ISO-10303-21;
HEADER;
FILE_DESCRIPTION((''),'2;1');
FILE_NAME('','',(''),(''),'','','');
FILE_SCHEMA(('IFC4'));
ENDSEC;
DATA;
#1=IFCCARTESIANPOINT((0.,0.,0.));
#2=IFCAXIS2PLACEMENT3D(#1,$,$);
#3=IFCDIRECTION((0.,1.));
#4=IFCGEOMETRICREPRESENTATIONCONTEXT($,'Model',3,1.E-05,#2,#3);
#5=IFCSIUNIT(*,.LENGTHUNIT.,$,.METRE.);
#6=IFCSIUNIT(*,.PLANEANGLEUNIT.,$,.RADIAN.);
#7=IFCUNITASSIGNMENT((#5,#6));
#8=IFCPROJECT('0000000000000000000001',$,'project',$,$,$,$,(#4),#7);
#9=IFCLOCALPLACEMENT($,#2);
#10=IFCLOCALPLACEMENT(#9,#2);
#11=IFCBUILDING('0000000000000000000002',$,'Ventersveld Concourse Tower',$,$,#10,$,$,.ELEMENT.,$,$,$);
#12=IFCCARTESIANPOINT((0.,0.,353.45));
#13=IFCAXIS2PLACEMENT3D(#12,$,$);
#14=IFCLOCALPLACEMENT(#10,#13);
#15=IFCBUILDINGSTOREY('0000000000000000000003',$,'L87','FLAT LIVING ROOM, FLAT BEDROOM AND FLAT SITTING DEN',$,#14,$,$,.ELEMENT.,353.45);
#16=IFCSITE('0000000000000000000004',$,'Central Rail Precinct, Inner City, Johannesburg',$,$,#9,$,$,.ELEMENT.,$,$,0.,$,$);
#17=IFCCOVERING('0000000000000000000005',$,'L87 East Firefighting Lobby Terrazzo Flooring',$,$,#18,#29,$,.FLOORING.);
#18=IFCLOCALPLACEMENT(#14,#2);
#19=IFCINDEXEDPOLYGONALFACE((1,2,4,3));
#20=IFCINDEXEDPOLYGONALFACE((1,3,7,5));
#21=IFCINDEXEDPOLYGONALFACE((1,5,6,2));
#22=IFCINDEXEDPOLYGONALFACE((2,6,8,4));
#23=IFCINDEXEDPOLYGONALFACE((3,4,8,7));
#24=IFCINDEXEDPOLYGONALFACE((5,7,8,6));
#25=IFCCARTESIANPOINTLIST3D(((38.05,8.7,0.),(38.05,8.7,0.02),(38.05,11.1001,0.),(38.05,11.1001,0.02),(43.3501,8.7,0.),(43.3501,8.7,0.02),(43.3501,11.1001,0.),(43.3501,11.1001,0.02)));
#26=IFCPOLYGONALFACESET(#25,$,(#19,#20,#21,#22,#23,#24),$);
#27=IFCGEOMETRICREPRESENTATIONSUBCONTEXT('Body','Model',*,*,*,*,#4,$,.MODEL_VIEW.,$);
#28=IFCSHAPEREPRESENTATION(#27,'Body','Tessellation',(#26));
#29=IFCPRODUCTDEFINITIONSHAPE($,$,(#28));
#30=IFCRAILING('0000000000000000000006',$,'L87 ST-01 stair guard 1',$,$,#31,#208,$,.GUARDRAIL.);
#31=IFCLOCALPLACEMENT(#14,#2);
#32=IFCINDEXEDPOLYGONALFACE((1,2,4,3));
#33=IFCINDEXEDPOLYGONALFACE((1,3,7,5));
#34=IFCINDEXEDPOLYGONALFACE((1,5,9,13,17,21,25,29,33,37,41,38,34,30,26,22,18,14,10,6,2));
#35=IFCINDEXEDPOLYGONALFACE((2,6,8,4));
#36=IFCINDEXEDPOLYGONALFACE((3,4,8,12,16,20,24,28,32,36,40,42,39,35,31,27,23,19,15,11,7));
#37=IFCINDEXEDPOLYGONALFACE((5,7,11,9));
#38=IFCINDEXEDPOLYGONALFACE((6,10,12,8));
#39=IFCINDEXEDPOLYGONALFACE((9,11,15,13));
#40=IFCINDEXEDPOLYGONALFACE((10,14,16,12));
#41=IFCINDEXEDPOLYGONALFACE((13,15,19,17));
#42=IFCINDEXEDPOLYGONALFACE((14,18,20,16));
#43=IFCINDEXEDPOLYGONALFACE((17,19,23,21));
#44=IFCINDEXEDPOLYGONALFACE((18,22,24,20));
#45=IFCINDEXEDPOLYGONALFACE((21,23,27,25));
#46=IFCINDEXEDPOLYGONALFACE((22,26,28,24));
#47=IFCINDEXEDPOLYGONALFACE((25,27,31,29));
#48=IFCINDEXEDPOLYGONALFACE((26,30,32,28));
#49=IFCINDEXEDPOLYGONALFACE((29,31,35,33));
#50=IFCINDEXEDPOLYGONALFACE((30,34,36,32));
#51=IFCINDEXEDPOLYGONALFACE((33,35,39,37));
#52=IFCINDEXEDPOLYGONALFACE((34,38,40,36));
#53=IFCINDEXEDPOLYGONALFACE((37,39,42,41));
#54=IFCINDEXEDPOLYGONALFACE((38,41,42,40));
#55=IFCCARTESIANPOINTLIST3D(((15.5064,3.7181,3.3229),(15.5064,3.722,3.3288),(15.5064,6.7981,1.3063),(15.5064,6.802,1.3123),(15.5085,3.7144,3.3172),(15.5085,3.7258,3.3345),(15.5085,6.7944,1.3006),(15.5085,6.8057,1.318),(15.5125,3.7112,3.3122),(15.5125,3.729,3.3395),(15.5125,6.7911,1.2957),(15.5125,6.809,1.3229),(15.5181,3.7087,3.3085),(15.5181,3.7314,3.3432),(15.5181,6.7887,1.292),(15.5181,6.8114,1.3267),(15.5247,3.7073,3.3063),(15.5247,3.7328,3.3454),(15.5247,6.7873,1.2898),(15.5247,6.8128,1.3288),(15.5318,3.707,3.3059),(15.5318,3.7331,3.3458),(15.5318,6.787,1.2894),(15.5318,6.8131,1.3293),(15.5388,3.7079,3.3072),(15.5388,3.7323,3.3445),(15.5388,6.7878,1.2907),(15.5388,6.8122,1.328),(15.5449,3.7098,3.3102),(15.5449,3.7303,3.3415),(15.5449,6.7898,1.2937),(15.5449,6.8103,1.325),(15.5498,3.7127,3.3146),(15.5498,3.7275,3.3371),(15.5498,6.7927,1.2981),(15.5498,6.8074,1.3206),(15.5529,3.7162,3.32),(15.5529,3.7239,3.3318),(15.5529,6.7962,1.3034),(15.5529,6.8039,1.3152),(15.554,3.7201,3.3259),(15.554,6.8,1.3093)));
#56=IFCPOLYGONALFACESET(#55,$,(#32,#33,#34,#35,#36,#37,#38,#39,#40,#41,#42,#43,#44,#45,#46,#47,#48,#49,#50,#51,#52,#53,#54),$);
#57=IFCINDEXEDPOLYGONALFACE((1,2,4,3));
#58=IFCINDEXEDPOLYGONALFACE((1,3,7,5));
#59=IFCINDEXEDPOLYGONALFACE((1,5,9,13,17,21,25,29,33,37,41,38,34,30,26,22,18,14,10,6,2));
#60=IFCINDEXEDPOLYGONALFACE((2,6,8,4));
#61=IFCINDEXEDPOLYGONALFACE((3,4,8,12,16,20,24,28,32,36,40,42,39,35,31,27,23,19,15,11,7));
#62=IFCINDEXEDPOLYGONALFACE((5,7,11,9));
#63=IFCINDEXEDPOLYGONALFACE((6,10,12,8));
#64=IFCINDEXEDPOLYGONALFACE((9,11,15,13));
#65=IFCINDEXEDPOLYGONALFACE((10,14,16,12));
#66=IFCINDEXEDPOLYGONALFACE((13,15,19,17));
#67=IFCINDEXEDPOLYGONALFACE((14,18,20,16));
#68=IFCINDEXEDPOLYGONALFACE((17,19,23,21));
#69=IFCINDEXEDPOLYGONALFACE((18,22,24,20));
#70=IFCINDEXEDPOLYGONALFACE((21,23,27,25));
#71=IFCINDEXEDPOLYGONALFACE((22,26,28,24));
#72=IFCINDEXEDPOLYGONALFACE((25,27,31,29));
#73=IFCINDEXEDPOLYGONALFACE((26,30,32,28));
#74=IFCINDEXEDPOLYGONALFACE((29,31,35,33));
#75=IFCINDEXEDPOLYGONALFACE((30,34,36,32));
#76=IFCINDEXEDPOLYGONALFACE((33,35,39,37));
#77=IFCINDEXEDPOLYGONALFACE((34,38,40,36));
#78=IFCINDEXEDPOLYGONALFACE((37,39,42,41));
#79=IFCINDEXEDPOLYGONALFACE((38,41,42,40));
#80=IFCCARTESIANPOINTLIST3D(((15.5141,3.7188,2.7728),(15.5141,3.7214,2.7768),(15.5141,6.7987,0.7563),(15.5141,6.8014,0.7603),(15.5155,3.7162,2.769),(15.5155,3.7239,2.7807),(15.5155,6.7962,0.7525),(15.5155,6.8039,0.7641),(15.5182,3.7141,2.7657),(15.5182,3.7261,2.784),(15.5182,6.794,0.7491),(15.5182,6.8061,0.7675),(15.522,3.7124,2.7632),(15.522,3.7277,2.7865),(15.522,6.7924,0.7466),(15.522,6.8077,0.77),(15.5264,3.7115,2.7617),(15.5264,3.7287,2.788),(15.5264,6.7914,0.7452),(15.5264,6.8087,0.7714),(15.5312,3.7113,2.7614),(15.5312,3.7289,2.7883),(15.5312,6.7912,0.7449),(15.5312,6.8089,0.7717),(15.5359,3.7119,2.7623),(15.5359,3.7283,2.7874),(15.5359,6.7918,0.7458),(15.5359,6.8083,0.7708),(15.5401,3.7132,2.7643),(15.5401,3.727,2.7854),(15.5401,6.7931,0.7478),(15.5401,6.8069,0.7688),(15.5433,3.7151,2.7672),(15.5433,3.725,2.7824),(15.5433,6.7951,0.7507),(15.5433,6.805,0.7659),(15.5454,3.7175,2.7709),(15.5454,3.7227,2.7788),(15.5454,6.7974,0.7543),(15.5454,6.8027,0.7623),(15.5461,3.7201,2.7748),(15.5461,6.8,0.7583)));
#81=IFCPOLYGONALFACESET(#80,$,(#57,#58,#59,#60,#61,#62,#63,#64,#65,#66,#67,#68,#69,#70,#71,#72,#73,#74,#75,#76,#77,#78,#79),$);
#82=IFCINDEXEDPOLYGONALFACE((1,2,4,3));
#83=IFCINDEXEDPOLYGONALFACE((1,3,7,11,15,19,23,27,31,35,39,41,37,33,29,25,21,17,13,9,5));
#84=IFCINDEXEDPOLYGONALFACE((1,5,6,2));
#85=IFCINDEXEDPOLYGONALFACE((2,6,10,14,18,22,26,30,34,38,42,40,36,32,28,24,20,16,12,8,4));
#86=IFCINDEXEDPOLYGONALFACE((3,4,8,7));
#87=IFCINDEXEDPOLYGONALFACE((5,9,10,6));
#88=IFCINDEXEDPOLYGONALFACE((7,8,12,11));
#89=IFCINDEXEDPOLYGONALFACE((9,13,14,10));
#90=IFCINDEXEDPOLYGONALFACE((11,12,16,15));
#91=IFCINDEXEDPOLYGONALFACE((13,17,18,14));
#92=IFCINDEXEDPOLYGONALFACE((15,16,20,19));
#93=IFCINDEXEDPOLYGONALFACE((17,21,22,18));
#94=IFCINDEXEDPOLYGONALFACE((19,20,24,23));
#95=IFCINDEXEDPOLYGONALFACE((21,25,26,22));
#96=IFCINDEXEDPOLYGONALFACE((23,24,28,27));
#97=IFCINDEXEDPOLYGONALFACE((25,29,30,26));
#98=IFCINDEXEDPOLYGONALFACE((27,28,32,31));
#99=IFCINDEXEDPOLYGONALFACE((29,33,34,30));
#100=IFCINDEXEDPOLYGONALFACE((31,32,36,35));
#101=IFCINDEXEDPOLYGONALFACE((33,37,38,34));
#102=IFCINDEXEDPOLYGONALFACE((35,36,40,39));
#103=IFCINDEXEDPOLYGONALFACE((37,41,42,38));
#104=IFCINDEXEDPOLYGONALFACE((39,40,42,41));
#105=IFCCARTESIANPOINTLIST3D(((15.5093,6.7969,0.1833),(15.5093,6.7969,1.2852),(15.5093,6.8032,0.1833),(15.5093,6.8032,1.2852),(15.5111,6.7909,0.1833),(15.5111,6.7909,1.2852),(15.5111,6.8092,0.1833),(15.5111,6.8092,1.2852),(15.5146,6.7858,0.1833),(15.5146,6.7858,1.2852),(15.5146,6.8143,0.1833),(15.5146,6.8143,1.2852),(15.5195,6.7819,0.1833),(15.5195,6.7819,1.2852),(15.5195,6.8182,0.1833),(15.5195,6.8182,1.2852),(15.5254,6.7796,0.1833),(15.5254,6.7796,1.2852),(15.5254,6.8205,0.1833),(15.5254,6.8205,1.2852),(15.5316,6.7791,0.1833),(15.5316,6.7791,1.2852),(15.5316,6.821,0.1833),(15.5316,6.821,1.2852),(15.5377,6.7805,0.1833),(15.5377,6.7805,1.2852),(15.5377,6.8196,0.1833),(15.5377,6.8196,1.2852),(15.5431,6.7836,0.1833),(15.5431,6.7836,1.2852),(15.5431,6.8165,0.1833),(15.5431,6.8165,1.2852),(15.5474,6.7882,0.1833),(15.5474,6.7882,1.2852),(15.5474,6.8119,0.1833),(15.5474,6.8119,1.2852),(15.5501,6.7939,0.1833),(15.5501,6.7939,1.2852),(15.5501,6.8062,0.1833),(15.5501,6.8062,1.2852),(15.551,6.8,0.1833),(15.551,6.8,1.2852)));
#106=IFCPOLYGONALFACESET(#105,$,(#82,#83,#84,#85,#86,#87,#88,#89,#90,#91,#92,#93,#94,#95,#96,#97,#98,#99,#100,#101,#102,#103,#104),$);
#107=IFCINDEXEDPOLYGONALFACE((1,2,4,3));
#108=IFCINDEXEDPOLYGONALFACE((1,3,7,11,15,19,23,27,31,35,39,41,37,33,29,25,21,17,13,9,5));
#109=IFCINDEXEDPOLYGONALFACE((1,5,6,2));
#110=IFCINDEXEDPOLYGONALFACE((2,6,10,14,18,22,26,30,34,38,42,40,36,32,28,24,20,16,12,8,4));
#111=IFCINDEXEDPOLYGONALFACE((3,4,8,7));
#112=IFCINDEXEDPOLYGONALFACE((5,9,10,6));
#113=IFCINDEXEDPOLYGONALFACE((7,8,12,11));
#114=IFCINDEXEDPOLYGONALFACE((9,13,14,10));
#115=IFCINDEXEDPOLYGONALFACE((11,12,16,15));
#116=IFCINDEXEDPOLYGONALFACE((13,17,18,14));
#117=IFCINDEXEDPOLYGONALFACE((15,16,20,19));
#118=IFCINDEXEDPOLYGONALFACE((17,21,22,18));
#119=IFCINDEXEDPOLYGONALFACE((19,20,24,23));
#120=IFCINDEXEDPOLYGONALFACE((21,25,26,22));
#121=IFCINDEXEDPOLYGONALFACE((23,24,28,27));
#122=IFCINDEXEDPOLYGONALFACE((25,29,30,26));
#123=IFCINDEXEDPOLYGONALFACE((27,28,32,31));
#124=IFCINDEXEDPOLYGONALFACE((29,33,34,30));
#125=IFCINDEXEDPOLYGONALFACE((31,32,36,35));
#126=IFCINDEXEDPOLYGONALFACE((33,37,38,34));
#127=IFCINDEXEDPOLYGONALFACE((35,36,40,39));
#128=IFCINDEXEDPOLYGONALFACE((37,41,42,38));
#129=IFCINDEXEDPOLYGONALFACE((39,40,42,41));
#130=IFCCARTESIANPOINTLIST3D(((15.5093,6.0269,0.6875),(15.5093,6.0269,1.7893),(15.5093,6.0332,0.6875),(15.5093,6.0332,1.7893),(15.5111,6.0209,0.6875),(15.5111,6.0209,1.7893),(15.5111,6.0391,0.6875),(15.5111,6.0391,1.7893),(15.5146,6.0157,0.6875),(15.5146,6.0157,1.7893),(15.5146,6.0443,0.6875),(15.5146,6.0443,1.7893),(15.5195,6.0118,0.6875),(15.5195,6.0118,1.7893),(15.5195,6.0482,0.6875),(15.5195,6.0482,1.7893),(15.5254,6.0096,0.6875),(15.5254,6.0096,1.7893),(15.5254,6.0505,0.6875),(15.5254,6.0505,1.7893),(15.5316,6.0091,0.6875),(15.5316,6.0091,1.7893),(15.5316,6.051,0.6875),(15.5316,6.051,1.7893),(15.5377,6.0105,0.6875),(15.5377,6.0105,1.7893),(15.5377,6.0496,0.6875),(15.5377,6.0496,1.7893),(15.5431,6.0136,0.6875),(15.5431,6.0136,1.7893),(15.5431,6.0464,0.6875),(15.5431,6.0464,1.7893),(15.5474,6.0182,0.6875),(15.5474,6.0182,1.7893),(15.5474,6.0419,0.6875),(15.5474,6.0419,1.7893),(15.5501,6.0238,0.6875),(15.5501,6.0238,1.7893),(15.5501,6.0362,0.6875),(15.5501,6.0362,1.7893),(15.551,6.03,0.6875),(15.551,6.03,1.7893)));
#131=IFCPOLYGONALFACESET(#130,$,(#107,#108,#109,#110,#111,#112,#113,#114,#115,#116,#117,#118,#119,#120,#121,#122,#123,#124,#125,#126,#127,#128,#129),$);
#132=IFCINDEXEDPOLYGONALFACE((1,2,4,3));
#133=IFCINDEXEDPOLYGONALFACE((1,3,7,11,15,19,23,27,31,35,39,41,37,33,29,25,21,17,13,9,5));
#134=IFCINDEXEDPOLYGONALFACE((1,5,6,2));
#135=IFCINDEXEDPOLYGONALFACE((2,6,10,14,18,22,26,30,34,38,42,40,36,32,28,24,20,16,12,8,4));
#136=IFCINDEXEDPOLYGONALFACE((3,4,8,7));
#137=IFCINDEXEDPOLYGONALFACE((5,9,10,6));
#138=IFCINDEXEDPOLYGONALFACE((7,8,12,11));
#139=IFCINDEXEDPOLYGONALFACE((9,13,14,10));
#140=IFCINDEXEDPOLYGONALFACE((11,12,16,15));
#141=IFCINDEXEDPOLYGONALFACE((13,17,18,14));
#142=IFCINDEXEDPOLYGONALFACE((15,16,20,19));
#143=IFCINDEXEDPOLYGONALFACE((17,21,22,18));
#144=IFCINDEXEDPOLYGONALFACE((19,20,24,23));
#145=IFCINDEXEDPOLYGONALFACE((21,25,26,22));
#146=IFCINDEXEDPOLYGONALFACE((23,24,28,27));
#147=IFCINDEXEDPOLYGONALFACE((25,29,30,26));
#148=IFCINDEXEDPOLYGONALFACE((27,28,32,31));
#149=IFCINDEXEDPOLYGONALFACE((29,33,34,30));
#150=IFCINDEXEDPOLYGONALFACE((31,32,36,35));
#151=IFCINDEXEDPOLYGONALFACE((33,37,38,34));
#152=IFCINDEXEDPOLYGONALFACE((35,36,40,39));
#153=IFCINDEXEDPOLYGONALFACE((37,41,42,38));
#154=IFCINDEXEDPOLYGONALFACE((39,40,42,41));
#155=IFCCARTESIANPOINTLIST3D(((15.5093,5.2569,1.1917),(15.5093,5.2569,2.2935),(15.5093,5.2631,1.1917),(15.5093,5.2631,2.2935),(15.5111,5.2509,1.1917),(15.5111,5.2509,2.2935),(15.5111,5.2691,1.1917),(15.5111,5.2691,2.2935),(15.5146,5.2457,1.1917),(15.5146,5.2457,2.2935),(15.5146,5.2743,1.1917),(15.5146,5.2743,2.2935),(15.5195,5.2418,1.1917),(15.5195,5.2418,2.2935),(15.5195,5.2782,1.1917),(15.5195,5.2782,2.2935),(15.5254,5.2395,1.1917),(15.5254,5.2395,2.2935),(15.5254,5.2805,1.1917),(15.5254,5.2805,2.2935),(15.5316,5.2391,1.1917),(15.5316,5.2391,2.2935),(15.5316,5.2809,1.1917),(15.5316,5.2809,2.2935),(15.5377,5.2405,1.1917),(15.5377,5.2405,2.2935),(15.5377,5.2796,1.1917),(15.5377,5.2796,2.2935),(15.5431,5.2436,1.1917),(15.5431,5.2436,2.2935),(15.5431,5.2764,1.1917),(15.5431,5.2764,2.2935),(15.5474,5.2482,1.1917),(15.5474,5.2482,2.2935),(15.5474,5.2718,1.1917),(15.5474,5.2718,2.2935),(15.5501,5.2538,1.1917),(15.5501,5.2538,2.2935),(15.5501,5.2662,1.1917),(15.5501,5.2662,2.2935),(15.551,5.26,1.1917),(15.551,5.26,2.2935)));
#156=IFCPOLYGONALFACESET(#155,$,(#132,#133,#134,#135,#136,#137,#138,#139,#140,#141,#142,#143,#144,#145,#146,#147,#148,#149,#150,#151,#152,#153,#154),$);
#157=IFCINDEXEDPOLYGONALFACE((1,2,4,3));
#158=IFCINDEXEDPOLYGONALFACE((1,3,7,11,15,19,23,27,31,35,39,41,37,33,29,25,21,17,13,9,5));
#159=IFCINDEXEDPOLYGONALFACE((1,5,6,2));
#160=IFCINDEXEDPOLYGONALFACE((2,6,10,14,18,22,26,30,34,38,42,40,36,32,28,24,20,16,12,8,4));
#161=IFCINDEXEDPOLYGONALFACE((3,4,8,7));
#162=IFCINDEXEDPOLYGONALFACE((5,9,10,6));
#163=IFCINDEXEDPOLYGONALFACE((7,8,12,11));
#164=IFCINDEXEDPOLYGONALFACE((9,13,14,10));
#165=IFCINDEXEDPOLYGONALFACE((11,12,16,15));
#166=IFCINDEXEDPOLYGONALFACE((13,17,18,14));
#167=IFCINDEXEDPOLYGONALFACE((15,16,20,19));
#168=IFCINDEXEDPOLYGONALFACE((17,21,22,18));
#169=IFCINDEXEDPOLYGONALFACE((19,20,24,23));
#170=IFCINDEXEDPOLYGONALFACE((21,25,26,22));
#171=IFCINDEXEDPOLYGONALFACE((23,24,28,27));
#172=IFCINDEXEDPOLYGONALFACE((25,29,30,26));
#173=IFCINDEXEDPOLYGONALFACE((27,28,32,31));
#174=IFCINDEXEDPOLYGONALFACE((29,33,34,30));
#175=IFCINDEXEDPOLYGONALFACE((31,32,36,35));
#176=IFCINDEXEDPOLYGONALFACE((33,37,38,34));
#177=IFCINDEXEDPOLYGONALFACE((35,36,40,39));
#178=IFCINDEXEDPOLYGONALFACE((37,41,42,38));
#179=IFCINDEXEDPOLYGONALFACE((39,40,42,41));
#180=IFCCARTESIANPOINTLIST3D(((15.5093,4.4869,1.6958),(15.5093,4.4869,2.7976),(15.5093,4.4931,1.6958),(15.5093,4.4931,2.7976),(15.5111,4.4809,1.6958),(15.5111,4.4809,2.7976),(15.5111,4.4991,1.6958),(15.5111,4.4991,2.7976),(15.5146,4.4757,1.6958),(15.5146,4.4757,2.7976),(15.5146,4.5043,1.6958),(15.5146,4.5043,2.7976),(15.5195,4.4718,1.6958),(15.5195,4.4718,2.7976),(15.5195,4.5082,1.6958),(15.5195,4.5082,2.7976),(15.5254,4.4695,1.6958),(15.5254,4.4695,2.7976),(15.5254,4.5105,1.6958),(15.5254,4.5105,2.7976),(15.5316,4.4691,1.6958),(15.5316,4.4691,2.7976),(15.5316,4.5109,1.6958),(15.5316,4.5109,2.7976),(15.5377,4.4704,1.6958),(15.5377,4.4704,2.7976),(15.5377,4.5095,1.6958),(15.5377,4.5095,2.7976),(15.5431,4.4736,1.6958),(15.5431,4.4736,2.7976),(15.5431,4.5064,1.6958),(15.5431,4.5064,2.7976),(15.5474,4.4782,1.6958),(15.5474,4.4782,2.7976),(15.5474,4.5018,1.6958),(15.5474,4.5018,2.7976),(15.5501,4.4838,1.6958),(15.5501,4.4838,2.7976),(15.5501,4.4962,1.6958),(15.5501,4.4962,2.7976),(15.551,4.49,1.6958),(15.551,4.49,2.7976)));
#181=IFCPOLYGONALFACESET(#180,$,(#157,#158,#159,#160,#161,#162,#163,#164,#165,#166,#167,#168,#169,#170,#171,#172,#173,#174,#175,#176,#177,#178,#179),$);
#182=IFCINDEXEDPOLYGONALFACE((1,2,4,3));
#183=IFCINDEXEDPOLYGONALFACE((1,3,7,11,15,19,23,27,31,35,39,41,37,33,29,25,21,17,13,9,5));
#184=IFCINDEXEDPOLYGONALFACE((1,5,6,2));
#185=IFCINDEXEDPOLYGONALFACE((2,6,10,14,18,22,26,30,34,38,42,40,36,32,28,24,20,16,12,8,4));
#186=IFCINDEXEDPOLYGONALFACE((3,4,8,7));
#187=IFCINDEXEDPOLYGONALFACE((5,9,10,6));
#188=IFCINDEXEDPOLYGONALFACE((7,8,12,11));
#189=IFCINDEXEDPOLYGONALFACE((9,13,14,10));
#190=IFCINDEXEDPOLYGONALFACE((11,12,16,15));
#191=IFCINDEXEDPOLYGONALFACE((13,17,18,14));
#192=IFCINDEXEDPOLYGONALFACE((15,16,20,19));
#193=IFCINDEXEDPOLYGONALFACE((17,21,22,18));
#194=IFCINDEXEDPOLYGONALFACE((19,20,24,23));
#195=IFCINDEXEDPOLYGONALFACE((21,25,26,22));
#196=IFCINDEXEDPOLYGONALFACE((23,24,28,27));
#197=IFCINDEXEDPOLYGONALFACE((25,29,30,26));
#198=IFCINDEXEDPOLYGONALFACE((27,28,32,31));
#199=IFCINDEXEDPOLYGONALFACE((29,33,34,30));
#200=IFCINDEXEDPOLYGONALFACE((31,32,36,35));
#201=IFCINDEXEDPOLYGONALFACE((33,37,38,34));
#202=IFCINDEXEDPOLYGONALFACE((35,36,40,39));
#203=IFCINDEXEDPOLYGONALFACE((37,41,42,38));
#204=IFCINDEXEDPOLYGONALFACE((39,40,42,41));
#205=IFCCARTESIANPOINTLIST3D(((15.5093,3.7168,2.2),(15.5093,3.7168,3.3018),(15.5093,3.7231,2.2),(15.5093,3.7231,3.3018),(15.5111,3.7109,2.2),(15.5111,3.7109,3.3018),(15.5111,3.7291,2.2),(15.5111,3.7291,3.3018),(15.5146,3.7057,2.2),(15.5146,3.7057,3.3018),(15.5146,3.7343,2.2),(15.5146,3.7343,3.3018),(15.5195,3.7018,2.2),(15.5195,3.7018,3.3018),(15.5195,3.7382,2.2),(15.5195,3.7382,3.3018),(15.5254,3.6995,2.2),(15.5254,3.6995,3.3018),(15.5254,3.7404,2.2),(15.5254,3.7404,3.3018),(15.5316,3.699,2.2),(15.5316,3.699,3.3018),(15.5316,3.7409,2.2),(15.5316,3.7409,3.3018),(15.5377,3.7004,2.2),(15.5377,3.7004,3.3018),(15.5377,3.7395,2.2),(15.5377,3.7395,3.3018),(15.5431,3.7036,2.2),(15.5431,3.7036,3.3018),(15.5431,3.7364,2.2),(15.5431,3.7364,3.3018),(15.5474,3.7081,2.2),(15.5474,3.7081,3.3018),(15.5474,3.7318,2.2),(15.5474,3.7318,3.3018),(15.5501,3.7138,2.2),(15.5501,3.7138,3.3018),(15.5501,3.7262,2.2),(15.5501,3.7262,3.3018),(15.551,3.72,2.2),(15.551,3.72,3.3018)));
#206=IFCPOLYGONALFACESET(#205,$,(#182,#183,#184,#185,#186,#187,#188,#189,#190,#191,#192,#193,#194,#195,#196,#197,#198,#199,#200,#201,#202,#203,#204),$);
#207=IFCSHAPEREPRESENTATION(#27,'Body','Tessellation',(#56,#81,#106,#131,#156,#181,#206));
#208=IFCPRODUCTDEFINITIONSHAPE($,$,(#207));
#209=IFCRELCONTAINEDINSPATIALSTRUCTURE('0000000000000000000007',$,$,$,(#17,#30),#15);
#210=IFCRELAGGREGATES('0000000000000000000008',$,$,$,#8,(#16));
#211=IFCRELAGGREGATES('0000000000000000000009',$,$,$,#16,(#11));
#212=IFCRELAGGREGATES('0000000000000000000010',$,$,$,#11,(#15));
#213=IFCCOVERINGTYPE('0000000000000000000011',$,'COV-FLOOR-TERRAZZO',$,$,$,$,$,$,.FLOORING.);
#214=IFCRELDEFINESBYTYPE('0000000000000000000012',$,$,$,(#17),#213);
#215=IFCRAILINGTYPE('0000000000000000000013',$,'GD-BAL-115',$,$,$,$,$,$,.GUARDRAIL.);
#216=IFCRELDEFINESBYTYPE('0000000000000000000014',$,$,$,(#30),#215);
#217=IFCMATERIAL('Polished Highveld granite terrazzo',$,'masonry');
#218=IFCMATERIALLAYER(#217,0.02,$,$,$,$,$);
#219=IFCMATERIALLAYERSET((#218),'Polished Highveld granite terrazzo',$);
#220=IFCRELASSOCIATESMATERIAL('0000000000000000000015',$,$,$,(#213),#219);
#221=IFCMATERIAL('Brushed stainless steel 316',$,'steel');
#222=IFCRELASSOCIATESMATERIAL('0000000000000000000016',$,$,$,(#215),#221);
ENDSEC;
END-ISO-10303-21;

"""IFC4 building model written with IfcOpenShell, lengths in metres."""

from ifc_helpers import new_model, si_unit, direction, frame, origin, origin_2d, place, context, subcontext, project, spatial, polyline, circle, outline, extrude, material, layer, layer_set, type_object, element, save


model = new_model("IFC4")

# Units and contexts
model_context = context("Model", 3, precision=1e-05, world=origin(), true_north=direction((0.0, 1.0)))
body_context = subcontext(model_context, "Body", "Model", "MODEL_VIEW")
ifc_project = project(units=[si_unit("LENGTHUNIT", "METRE"), si_unit("PLANEANGLEUNIT", "RADIAN")], contexts=[model_context])

# Site, building, storey
site_placement = place(None, origin())
site = spatial("IfcSite", under=ifc_project, at=site_placement, Name="Central Rail Precinct, Inner City, Johannesburg", CompositionType="ELEMENT", RefElevation=0.0)
building_placement = place(site_placement, origin())
building = spatial("IfcBuilding", under=site, at=building_placement, Name="Ventersveld Concourse Tower", CompositionType="ELEMENT")
storey_placement = place(building_placement, frame((0.0, 0.0, 353.45)))
storey = spatial("IfcBuildingStorey", under=building, at=storey_placement, Name="L87", Description="FLAT LIVING ROOM, FLAT BEDROOM AND FLAT SITTING DEN", CompositionType="ELEMENT", Elevation=353.45)

# Covering
ifc_material_1 = material(Name="Polished Highveld granite terrazzo", Category="masonry")
ifc_layer_1 = layer(ifc_material_1, 0.02)
ifc_layer_set_1 = layer_set([ifc_layer_1], Name="Polished Highveld granite terrazzo")
covering_type_1 = type_object("IfcCoveringType", Name="COV-FLOOR-TERRAZZO", PredefinedType="FLOORING", material=ifc_layer_set_1)
covering_1_placement = place(storey_placement, origin())
element("IfcCovering", 1, at=covering_1_placement, inside=storey, type_object=covering_type_1, Name="L87 East Firefighting Lobby Terrazzo Flooring", PredefinedType="FLOORING", context=body_context, shape_type="SweptSolid", body=[
    extrude(outline(polyline([(38.05, 8.7), (43.3501, 8.7), (43.3501, 11.1001), (38.05, 11.1001), (38.05, 8.7)])), origin(), (0.0, 0.0, 1.0), 0.02),
])

# Railing
ifc_material_2 = material(Name="Brushed stainless steel 316", Category="steel")
railing_type_1 = type_object("IfcRailingType", Name="GD-BAL-115", PredefinedType="GUARDRAIL", material=ifc_material_2)
railing_1_placement = place(storey_placement, frame((15.53, 6.8, 0.1833)))
element("IfcRailing", 2, at=railing_1_placement, inside=storey, type_object=railing_type_1, Name="L87 ST-01 stair guard 1", PredefinedType="GUARDRAIL", context=body_context, shape_type="SweptSolid", body=[
    extrude(circle(Radius=0.0239, at=origin_2d()), frame((0.0, 0.0, 1.126), z_axis=(0.0, -0.836633, 0.547764), x_axis=(1.0, 0.0, 0.0)), (0.0, 0.0, 1.0), 3.6814),
    extrude(circle(Radius=0.0161, at=origin_2d()), frame((0.0, 0.0, 0.575), z_axis=(0.0, -0.836633, 0.547764), x_axis=(1.0, 0.0, 0.0)), (0.0, 0.0, 1.0), 3.6814),
    extrude(circle(Radius=0.021, at=origin_2d()), origin(), (0.0, 0.0, 1.0), 1.1018),
    extrude(circle(Radius=0.021, at=origin_2d()), frame((0.0, -0.77, 0.5042)), (0.0, 0.0, 1.0), 1.1018),
    extrude(circle(Radius=0.021, at=origin_2d()), frame((0.0, -1.54, 1.0083)), (0.0, 0.0, 1.0), 1.1018),
    extrude(circle(Radius=0.021, at=origin_2d()), frame((0.0, -2.3101, 1.5125)), (0.0, 0.0, 1.0), 1.1018),
    extrude(circle(Radius=0.021, at=origin_2d()), frame((0.0, -3.0801, 2.0166)), (0.0, 0.0, 1.0), 1.1018),
])

save(model, "model.ifc")
